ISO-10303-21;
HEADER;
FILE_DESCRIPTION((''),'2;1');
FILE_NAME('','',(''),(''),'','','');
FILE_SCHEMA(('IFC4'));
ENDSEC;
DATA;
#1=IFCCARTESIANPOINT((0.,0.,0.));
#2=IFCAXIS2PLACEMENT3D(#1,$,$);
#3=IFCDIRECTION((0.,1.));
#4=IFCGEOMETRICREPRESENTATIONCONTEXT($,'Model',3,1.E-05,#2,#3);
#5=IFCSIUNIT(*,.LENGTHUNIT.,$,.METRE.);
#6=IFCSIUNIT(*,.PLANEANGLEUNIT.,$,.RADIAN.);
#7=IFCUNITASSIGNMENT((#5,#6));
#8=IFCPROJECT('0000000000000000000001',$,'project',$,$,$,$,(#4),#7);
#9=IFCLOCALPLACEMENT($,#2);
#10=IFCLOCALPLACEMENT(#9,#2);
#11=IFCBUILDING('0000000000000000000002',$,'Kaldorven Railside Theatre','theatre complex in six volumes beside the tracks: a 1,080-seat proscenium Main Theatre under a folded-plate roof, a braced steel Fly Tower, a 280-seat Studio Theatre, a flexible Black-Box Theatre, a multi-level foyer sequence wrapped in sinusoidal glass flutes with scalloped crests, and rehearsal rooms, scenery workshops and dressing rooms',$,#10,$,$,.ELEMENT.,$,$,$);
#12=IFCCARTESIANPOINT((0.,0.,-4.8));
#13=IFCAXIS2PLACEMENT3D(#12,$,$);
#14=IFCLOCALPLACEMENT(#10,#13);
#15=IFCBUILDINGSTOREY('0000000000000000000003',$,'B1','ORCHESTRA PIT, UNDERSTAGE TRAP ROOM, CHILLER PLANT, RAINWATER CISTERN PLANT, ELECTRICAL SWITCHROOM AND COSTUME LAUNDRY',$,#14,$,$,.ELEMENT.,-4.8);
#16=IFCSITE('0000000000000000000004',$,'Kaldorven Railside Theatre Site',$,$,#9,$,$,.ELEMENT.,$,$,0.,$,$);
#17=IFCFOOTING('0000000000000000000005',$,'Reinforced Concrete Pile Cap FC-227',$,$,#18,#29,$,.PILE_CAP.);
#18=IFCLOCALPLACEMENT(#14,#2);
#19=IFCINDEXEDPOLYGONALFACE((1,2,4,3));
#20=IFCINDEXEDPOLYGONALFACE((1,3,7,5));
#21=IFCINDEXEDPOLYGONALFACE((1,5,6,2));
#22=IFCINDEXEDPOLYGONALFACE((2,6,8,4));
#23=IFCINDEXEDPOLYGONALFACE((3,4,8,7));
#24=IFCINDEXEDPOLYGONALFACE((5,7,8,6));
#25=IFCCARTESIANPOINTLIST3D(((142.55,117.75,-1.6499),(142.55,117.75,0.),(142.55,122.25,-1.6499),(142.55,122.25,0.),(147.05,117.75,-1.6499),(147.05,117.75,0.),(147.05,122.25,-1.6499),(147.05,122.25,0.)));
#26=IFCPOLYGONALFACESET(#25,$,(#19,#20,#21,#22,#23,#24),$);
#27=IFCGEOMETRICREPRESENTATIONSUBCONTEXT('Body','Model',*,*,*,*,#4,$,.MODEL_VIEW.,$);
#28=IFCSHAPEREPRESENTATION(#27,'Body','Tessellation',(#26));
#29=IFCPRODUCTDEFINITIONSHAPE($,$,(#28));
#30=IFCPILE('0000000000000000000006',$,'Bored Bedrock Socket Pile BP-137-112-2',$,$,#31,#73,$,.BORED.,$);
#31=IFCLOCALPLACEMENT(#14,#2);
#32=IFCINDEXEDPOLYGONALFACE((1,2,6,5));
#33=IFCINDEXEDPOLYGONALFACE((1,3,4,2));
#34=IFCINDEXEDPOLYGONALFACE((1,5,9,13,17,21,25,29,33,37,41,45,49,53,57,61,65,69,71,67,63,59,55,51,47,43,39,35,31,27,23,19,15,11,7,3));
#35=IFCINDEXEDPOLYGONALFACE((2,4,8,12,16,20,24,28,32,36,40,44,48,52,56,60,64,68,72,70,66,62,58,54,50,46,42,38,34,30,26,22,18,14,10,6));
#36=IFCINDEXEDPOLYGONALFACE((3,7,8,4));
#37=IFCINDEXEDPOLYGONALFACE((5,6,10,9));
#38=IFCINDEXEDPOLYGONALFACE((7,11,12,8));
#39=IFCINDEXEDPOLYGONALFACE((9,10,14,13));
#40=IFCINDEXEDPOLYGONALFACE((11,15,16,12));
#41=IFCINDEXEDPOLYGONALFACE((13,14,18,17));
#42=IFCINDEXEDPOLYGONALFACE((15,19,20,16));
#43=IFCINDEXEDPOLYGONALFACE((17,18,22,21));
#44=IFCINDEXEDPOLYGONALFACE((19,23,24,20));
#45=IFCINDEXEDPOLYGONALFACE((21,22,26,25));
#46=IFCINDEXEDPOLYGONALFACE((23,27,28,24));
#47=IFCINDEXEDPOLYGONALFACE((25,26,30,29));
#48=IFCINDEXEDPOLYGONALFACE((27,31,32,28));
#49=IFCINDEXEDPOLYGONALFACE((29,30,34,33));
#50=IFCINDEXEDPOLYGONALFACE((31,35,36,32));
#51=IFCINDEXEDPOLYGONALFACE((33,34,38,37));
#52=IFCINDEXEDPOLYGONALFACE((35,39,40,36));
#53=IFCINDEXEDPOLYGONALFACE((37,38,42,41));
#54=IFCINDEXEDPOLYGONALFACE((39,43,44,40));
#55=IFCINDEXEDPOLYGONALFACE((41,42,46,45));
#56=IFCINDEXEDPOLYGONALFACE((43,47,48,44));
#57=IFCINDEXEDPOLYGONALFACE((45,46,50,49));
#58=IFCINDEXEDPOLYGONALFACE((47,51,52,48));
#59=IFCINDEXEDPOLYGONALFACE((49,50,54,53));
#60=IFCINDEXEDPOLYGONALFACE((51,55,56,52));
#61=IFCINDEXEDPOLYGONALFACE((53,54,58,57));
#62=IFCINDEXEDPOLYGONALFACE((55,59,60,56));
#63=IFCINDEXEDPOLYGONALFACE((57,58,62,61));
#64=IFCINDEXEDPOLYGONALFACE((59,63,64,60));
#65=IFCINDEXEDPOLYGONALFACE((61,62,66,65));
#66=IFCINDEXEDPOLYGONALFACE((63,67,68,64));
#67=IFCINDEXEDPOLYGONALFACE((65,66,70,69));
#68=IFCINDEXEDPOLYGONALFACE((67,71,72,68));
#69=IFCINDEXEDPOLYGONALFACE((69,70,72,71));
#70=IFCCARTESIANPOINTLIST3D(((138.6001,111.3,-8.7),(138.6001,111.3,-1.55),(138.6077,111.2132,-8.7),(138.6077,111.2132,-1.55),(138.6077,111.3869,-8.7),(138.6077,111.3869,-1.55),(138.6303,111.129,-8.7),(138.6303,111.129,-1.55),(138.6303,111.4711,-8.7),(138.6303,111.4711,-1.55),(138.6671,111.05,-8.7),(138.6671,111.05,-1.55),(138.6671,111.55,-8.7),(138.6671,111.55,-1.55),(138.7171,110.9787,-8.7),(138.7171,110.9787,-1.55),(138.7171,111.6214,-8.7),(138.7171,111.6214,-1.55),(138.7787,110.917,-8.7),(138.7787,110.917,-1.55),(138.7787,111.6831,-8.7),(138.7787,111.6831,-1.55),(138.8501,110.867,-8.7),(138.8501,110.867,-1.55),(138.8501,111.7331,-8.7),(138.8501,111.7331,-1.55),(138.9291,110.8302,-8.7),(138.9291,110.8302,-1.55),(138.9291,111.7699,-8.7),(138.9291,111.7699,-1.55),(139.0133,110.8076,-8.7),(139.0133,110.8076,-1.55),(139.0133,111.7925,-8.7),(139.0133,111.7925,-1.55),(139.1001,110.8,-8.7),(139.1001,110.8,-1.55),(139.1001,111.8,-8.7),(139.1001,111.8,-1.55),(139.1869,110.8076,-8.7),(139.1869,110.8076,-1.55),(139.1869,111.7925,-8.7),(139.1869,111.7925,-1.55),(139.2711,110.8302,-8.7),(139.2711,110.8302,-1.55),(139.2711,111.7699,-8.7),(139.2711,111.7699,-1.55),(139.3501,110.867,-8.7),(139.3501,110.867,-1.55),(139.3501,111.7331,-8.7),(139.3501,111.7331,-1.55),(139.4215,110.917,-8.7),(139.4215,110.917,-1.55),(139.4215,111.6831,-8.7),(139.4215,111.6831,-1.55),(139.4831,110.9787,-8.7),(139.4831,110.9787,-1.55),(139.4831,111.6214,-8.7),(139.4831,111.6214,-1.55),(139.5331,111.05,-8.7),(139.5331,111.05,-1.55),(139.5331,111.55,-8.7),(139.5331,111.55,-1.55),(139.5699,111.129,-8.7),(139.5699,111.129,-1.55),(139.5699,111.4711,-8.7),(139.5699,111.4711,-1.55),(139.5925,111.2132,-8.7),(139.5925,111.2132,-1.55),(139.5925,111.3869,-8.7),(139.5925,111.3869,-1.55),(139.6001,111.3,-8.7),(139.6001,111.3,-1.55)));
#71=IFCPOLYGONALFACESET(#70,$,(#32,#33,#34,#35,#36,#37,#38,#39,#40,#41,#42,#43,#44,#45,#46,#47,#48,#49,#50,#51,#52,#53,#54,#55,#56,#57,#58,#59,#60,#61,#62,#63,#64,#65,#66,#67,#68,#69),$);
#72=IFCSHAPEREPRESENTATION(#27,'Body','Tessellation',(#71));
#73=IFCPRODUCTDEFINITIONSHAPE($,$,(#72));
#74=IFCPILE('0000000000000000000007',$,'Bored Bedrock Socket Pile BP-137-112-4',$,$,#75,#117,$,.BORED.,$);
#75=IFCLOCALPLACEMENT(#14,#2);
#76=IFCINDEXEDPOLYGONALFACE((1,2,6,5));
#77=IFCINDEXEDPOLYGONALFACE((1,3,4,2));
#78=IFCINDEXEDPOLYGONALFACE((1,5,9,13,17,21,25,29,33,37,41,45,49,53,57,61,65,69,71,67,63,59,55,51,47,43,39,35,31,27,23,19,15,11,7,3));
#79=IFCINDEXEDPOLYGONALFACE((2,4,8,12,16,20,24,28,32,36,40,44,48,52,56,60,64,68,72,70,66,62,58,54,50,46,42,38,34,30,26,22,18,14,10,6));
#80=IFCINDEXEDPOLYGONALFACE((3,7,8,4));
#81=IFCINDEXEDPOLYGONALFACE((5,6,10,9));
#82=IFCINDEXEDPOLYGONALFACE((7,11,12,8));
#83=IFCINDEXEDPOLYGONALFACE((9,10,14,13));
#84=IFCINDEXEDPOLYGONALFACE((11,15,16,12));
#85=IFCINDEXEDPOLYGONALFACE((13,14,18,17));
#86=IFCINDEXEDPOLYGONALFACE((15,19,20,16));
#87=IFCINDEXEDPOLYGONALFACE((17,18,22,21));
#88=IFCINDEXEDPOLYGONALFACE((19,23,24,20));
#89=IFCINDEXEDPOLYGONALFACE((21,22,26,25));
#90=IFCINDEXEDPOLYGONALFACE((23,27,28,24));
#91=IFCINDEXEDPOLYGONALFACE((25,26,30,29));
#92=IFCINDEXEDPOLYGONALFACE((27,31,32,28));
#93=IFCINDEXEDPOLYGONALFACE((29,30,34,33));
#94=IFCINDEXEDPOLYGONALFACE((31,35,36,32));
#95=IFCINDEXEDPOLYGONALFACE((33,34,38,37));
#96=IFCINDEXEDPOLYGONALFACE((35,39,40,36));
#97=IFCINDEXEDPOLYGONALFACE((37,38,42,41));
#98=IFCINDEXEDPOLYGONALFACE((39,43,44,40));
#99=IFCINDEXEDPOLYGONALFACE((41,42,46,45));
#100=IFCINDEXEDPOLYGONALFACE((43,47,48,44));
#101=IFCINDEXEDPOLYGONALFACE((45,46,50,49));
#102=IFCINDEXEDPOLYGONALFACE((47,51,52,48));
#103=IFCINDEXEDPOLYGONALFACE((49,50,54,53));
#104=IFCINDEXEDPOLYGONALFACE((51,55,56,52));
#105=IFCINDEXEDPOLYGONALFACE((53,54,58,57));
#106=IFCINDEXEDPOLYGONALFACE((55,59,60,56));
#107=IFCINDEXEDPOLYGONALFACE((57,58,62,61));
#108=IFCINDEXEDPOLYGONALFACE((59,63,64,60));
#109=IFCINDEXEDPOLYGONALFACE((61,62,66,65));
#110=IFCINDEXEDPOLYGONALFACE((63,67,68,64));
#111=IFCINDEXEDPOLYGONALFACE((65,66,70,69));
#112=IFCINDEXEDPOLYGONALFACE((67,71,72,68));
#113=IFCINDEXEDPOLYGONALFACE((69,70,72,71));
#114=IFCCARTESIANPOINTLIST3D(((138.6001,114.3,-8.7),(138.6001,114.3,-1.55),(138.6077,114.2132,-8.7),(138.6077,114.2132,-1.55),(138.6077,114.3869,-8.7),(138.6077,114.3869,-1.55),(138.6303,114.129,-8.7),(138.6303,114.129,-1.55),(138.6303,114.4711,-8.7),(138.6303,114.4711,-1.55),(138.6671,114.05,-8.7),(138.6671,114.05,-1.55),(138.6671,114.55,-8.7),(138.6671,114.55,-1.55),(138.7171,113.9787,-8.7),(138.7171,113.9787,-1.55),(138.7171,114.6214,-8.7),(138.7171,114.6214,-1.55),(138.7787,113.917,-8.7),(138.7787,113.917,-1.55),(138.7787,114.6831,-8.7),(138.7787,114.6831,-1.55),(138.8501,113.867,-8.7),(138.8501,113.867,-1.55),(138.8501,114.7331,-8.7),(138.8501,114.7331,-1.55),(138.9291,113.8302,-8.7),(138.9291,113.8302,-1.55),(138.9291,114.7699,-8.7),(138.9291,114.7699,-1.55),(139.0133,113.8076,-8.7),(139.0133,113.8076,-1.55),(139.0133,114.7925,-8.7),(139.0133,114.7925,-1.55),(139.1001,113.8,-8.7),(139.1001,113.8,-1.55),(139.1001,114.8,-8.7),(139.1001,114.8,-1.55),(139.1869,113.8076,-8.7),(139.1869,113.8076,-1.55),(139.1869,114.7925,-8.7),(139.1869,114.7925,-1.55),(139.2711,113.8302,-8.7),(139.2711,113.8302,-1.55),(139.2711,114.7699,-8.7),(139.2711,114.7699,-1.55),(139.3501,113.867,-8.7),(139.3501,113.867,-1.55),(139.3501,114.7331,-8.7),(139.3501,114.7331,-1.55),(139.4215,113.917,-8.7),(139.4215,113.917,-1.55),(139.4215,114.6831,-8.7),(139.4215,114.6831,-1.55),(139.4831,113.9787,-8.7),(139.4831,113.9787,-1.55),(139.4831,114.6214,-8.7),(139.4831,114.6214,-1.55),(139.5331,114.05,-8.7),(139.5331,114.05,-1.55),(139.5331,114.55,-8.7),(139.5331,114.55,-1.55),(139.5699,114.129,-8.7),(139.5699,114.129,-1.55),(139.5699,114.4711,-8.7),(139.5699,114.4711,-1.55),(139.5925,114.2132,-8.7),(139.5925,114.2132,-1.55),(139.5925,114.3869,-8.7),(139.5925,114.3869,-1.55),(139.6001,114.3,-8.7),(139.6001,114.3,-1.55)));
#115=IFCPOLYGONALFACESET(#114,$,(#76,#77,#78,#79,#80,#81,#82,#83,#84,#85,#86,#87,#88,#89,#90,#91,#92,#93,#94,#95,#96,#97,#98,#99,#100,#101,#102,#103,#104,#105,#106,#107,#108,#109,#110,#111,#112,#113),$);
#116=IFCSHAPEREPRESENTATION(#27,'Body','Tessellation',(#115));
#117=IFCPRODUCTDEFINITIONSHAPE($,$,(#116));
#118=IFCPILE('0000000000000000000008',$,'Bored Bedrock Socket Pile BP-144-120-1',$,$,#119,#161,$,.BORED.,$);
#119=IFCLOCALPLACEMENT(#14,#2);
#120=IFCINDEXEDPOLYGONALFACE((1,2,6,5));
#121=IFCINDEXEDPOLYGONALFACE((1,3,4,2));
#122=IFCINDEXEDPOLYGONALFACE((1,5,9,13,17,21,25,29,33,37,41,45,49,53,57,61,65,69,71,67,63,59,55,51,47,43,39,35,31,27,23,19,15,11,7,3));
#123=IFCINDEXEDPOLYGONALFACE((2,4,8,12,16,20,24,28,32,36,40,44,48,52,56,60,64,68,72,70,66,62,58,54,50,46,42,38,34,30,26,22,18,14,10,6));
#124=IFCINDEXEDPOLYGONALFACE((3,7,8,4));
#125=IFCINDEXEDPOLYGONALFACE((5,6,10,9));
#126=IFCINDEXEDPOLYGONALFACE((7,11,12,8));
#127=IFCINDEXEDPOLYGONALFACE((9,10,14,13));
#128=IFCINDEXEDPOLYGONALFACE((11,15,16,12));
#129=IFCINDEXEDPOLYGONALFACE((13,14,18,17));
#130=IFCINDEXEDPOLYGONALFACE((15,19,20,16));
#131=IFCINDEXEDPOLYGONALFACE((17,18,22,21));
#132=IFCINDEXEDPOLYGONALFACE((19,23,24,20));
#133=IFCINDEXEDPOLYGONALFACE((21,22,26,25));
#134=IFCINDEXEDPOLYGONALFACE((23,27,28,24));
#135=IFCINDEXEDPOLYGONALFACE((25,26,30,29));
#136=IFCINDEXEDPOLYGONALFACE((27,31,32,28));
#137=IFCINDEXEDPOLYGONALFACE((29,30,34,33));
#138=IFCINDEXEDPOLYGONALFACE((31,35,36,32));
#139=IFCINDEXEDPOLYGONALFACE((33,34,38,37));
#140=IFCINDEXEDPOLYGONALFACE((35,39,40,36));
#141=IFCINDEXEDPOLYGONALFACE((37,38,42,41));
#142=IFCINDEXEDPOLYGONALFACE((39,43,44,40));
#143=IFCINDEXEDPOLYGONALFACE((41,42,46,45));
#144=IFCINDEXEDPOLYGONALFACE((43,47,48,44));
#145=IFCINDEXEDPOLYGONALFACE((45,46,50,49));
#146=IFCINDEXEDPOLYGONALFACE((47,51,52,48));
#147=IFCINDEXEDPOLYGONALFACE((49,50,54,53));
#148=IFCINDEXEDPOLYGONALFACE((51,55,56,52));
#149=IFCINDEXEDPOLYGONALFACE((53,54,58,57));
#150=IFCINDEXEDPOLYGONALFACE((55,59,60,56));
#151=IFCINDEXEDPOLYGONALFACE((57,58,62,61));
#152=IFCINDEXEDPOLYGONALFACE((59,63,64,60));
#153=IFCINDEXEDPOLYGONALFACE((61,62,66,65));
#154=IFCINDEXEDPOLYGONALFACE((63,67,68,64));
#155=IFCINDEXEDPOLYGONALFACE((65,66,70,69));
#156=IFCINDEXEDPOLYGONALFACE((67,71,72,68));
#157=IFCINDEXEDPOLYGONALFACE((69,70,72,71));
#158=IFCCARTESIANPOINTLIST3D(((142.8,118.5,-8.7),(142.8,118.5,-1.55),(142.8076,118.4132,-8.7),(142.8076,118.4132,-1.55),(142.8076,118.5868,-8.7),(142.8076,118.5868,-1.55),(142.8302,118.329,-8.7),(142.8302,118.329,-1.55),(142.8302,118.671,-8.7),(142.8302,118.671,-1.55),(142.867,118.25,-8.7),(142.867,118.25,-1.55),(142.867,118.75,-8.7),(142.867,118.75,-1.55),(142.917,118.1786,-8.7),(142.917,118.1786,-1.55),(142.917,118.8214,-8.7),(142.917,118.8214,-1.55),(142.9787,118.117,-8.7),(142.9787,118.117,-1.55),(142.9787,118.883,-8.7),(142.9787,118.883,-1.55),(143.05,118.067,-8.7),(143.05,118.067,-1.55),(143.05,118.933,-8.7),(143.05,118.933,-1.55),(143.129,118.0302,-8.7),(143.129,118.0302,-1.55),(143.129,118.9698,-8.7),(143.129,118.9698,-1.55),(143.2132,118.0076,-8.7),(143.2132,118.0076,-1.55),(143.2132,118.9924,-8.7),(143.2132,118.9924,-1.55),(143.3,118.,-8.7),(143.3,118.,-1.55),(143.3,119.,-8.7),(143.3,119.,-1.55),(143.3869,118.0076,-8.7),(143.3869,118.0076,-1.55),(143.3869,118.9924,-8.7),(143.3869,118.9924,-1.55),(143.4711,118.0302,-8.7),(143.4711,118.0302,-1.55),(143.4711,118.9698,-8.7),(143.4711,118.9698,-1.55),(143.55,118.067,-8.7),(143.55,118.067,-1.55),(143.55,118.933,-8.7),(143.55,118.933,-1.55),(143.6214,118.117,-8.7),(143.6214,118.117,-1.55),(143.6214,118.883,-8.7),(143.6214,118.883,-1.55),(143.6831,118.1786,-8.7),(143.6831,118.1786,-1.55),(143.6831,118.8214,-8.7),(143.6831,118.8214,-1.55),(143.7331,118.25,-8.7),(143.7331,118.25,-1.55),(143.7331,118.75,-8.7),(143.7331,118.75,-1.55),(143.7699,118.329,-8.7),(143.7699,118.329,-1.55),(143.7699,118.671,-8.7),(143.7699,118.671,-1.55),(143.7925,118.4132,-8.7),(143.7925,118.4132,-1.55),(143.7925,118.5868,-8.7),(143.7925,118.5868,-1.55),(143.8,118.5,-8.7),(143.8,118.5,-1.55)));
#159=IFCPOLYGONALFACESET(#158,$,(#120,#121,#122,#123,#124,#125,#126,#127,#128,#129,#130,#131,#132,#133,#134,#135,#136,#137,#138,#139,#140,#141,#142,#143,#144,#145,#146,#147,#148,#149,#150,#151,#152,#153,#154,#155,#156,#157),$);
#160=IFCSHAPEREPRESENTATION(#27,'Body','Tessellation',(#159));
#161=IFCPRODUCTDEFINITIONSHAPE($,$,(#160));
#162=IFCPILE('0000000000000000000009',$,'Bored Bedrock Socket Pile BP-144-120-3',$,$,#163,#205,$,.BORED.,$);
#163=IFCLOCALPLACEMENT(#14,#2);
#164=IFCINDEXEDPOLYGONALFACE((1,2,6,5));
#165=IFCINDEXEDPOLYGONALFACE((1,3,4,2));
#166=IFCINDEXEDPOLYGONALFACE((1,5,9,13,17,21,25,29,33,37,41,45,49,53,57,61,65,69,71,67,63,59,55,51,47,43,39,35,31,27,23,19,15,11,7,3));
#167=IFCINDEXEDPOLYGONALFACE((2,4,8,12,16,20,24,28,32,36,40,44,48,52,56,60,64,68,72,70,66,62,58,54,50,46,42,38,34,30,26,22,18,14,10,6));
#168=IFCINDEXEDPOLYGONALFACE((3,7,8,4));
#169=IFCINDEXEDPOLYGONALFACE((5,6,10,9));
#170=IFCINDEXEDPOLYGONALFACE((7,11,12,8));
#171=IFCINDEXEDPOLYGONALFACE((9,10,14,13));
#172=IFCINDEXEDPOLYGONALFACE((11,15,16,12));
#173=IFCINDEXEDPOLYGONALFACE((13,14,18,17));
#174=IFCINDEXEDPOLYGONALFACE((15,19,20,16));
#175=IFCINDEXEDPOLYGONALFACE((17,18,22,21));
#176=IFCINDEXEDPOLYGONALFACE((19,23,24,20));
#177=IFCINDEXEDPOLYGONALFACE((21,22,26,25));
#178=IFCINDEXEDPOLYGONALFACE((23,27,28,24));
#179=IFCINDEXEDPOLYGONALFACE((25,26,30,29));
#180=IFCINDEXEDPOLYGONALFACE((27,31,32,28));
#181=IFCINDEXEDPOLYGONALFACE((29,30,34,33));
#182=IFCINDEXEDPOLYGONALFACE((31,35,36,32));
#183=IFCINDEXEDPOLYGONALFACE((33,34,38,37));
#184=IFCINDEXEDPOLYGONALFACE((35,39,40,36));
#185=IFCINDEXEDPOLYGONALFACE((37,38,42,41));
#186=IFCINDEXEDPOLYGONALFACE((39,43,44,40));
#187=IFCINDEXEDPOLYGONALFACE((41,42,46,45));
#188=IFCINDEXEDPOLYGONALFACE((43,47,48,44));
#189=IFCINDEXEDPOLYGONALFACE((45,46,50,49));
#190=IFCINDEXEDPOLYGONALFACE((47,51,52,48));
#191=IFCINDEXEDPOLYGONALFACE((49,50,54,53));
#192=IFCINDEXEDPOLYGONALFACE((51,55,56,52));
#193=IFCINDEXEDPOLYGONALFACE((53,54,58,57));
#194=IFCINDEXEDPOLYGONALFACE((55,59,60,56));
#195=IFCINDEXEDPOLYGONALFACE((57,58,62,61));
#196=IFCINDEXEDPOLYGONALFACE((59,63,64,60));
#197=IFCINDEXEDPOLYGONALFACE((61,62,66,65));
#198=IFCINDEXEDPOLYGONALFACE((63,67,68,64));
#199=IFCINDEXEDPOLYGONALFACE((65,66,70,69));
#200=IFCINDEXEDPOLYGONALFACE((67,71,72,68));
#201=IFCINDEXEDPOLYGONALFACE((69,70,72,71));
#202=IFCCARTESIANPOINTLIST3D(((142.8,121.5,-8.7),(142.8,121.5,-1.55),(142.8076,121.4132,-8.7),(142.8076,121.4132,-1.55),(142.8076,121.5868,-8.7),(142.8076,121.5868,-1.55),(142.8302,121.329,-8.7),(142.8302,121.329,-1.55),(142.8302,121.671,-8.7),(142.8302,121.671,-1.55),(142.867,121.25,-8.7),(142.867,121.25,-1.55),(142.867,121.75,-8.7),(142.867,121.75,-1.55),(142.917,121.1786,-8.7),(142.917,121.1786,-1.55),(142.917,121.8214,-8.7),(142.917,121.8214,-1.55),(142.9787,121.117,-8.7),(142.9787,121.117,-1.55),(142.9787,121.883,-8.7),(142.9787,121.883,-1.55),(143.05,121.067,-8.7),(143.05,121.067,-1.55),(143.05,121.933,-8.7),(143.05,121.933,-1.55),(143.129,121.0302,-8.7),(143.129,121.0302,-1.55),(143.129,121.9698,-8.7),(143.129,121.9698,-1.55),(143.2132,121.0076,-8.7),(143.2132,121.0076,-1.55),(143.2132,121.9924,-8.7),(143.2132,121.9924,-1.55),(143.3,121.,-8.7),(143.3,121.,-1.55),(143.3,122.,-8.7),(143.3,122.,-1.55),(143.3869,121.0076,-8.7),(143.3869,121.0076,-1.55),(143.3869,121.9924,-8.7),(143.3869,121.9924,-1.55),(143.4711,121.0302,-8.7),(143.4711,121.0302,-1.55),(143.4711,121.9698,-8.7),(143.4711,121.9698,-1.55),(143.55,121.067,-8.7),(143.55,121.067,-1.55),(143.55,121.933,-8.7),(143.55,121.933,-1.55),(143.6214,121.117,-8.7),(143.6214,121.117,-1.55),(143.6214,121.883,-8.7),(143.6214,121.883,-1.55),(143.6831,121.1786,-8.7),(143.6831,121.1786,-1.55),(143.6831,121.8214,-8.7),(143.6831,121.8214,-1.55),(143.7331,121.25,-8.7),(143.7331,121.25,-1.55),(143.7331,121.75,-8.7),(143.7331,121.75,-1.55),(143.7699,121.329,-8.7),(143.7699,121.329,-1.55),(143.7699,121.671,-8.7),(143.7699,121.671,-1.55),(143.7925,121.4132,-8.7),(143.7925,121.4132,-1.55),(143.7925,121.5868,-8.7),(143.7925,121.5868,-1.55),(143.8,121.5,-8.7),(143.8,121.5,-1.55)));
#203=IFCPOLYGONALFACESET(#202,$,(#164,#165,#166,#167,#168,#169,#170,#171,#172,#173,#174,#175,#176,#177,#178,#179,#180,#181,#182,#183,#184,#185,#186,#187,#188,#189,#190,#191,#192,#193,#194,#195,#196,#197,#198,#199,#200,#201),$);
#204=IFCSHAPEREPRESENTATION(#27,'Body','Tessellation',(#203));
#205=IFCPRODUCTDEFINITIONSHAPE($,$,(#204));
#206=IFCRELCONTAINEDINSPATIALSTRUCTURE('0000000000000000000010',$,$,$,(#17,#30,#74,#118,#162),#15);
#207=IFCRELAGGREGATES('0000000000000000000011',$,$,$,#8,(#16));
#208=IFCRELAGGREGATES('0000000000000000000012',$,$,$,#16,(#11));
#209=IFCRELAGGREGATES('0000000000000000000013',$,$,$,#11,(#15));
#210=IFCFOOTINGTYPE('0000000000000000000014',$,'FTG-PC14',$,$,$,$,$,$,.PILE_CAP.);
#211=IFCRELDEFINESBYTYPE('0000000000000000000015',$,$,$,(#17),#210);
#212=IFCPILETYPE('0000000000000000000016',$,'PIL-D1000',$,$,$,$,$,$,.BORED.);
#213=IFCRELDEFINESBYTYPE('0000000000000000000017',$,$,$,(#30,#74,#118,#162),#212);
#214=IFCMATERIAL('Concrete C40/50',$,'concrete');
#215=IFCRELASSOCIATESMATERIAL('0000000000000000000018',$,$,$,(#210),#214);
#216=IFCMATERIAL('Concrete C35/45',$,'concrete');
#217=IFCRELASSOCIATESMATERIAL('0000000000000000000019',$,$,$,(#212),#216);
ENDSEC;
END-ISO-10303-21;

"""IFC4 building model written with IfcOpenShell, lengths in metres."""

from ifc_helpers import new_model, si_unit, direction, frame, origin, origin_2d, place, context, subcontext, project, spatial, rectangle, circle, extrude, material, material_profile, profile_set, type_object, element, save


model = new_model("IFC4")

# Units and contexts
model_context = context("Model", 3, precision=1e-05, world=origin(), true_north=direction((0.0, 1.0)))
body_context = subcontext(model_context, "Body", "Model", "MODEL_VIEW")
ifc_project = project(units=[si_unit("LENGTHUNIT", "METRE"), si_unit("PLANEANGLEUNIT", "RADIAN")], contexts=[model_context])

# Site, building, storey
site_placement = place(None, origin())
site = spatial("IfcSite", under=ifc_project, at=site_placement, Name="Kaldorven Railside Theatre Site", CompositionType="ELEMENT", RefElevation=0.0)
building_placement = place(site_placement, origin())
building = spatial("IfcBuilding", under=site, at=building_placement, Name="Kaldorven Railside Theatre", Description="theatre complex in six volumes beside the tracks: a 1,080-seat proscenium Main Theatre under a folded-plate roof, a braced steel Fly Tower, a 280-seat Studio Theatre, a flexible Black-Box Theatre, a multi-level foyer sequence wrapped in sinusoidal glass flutes with scalloped crests, and rehearsal rooms, scenery workshops and dressing rooms", CompositionType="ELEMENT")
storey_placement = place(building_placement, frame((0.0, 0.0, -4.8)))
storey = spatial("IfcBuildingStorey", under=building, at=storey_placement, Name="B1", Description="ORCHESTRA PIT, UNDERSTAGE TRAP ROOM, CHILLER PLANT, RAINWATER CISTERN PLANT, ELECTRICAL SWITCHROOM AND COSTUME LAUNDRY", CompositionType="ELEMENT", Elevation=-4.8)

# Footing
ifc_material_1 = material(Name="Concrete C40/50", Category="concrete")
footing_type_1 = type_object("IfcFootingType", Name="FTG-PC14", PredefinedType="PILE_CAP", material=ifc_material_1)
for number, where, z_axis, x_axis, name in (
    (1, (144.8, 120.0, -1.6499), (0.0, 0.0, 1.0), (1.0, 0.0, 0.0), "Reinforced Concrete Pile Cap FC-227"),
):
    element("IfcFooting", number, at=place(storey_placement, frame(where, z_axis=z_axis, x_axis=x_axis)), inside=storey, type_object=footing_type_1, Name=name, PredefinedType="PILE_CAP", context=body_context, shape_type="SweptSolid", body=[
        extrude(rectangle(XDim=4.5, YDim=4.5, at=origin_2d()), origin(), (0.0, 0.0, 1.0), 1.6499),
    ])

# Piles
ifc_material_2 = material(Name="Concrete C35/45", Category="concrete")
ifc_material_profile_1 = material_profile(ifc_material_2, circle(Radius=0.5, at=origin_2d()), Name="BP D1000")
ifc_profile_set_1 = profile_set([ifc_material_profile_1], Name="Concrete C35/45")
pile_type_1 = type_object("IfcPileType", Name="PIL-D1000", PredefinedType="BORED", material=ifc_profile_set_1)
for number, where, z_axis, x_axis, name in (
    (2, (139.1001, 111.3, -1.55), (0.0, 0.0, -1.0), (1.0, 0.0, 0.0), "Bored Bedrock Socket Pile BP-137-112-2"),
    (3, (139.1001, 114.3, -1.55), (0.0, 0.0, -1.0), (1.0, 0.0, 0.0), "Bored Bedrock Socket Pile BP-137-112-4"),
    (4, (143.3, 118.5, -1.55), (0.0, 0.0, -1.0), (1.0, 0.0, 0.0), "Bored Bedrock Socket Pile BP-144-120-1"),
    (5, (143.3, 121.5, -1.55), (0.0, 0.0, -1.0), (1.0, 0.0, 0.0), "Bored Bedrock Socket Pile BP-144-120-3"),
):
    element("IfcPile", number, at=place(storey_placement, frame(where, z_axis=z_axis, x_axis=x_axis)), inside=storey, type_object=pile_type_1, Name=name, PredefinedType="BORED", context=body_context, shape_type="SweptSolid", body=[
        extrude(circle(Radius=0.5, at=origin_2d()), origin(), (0.0, 0.0, 1.0), 7.1499),
    ])

save(model, "model.ifc")
